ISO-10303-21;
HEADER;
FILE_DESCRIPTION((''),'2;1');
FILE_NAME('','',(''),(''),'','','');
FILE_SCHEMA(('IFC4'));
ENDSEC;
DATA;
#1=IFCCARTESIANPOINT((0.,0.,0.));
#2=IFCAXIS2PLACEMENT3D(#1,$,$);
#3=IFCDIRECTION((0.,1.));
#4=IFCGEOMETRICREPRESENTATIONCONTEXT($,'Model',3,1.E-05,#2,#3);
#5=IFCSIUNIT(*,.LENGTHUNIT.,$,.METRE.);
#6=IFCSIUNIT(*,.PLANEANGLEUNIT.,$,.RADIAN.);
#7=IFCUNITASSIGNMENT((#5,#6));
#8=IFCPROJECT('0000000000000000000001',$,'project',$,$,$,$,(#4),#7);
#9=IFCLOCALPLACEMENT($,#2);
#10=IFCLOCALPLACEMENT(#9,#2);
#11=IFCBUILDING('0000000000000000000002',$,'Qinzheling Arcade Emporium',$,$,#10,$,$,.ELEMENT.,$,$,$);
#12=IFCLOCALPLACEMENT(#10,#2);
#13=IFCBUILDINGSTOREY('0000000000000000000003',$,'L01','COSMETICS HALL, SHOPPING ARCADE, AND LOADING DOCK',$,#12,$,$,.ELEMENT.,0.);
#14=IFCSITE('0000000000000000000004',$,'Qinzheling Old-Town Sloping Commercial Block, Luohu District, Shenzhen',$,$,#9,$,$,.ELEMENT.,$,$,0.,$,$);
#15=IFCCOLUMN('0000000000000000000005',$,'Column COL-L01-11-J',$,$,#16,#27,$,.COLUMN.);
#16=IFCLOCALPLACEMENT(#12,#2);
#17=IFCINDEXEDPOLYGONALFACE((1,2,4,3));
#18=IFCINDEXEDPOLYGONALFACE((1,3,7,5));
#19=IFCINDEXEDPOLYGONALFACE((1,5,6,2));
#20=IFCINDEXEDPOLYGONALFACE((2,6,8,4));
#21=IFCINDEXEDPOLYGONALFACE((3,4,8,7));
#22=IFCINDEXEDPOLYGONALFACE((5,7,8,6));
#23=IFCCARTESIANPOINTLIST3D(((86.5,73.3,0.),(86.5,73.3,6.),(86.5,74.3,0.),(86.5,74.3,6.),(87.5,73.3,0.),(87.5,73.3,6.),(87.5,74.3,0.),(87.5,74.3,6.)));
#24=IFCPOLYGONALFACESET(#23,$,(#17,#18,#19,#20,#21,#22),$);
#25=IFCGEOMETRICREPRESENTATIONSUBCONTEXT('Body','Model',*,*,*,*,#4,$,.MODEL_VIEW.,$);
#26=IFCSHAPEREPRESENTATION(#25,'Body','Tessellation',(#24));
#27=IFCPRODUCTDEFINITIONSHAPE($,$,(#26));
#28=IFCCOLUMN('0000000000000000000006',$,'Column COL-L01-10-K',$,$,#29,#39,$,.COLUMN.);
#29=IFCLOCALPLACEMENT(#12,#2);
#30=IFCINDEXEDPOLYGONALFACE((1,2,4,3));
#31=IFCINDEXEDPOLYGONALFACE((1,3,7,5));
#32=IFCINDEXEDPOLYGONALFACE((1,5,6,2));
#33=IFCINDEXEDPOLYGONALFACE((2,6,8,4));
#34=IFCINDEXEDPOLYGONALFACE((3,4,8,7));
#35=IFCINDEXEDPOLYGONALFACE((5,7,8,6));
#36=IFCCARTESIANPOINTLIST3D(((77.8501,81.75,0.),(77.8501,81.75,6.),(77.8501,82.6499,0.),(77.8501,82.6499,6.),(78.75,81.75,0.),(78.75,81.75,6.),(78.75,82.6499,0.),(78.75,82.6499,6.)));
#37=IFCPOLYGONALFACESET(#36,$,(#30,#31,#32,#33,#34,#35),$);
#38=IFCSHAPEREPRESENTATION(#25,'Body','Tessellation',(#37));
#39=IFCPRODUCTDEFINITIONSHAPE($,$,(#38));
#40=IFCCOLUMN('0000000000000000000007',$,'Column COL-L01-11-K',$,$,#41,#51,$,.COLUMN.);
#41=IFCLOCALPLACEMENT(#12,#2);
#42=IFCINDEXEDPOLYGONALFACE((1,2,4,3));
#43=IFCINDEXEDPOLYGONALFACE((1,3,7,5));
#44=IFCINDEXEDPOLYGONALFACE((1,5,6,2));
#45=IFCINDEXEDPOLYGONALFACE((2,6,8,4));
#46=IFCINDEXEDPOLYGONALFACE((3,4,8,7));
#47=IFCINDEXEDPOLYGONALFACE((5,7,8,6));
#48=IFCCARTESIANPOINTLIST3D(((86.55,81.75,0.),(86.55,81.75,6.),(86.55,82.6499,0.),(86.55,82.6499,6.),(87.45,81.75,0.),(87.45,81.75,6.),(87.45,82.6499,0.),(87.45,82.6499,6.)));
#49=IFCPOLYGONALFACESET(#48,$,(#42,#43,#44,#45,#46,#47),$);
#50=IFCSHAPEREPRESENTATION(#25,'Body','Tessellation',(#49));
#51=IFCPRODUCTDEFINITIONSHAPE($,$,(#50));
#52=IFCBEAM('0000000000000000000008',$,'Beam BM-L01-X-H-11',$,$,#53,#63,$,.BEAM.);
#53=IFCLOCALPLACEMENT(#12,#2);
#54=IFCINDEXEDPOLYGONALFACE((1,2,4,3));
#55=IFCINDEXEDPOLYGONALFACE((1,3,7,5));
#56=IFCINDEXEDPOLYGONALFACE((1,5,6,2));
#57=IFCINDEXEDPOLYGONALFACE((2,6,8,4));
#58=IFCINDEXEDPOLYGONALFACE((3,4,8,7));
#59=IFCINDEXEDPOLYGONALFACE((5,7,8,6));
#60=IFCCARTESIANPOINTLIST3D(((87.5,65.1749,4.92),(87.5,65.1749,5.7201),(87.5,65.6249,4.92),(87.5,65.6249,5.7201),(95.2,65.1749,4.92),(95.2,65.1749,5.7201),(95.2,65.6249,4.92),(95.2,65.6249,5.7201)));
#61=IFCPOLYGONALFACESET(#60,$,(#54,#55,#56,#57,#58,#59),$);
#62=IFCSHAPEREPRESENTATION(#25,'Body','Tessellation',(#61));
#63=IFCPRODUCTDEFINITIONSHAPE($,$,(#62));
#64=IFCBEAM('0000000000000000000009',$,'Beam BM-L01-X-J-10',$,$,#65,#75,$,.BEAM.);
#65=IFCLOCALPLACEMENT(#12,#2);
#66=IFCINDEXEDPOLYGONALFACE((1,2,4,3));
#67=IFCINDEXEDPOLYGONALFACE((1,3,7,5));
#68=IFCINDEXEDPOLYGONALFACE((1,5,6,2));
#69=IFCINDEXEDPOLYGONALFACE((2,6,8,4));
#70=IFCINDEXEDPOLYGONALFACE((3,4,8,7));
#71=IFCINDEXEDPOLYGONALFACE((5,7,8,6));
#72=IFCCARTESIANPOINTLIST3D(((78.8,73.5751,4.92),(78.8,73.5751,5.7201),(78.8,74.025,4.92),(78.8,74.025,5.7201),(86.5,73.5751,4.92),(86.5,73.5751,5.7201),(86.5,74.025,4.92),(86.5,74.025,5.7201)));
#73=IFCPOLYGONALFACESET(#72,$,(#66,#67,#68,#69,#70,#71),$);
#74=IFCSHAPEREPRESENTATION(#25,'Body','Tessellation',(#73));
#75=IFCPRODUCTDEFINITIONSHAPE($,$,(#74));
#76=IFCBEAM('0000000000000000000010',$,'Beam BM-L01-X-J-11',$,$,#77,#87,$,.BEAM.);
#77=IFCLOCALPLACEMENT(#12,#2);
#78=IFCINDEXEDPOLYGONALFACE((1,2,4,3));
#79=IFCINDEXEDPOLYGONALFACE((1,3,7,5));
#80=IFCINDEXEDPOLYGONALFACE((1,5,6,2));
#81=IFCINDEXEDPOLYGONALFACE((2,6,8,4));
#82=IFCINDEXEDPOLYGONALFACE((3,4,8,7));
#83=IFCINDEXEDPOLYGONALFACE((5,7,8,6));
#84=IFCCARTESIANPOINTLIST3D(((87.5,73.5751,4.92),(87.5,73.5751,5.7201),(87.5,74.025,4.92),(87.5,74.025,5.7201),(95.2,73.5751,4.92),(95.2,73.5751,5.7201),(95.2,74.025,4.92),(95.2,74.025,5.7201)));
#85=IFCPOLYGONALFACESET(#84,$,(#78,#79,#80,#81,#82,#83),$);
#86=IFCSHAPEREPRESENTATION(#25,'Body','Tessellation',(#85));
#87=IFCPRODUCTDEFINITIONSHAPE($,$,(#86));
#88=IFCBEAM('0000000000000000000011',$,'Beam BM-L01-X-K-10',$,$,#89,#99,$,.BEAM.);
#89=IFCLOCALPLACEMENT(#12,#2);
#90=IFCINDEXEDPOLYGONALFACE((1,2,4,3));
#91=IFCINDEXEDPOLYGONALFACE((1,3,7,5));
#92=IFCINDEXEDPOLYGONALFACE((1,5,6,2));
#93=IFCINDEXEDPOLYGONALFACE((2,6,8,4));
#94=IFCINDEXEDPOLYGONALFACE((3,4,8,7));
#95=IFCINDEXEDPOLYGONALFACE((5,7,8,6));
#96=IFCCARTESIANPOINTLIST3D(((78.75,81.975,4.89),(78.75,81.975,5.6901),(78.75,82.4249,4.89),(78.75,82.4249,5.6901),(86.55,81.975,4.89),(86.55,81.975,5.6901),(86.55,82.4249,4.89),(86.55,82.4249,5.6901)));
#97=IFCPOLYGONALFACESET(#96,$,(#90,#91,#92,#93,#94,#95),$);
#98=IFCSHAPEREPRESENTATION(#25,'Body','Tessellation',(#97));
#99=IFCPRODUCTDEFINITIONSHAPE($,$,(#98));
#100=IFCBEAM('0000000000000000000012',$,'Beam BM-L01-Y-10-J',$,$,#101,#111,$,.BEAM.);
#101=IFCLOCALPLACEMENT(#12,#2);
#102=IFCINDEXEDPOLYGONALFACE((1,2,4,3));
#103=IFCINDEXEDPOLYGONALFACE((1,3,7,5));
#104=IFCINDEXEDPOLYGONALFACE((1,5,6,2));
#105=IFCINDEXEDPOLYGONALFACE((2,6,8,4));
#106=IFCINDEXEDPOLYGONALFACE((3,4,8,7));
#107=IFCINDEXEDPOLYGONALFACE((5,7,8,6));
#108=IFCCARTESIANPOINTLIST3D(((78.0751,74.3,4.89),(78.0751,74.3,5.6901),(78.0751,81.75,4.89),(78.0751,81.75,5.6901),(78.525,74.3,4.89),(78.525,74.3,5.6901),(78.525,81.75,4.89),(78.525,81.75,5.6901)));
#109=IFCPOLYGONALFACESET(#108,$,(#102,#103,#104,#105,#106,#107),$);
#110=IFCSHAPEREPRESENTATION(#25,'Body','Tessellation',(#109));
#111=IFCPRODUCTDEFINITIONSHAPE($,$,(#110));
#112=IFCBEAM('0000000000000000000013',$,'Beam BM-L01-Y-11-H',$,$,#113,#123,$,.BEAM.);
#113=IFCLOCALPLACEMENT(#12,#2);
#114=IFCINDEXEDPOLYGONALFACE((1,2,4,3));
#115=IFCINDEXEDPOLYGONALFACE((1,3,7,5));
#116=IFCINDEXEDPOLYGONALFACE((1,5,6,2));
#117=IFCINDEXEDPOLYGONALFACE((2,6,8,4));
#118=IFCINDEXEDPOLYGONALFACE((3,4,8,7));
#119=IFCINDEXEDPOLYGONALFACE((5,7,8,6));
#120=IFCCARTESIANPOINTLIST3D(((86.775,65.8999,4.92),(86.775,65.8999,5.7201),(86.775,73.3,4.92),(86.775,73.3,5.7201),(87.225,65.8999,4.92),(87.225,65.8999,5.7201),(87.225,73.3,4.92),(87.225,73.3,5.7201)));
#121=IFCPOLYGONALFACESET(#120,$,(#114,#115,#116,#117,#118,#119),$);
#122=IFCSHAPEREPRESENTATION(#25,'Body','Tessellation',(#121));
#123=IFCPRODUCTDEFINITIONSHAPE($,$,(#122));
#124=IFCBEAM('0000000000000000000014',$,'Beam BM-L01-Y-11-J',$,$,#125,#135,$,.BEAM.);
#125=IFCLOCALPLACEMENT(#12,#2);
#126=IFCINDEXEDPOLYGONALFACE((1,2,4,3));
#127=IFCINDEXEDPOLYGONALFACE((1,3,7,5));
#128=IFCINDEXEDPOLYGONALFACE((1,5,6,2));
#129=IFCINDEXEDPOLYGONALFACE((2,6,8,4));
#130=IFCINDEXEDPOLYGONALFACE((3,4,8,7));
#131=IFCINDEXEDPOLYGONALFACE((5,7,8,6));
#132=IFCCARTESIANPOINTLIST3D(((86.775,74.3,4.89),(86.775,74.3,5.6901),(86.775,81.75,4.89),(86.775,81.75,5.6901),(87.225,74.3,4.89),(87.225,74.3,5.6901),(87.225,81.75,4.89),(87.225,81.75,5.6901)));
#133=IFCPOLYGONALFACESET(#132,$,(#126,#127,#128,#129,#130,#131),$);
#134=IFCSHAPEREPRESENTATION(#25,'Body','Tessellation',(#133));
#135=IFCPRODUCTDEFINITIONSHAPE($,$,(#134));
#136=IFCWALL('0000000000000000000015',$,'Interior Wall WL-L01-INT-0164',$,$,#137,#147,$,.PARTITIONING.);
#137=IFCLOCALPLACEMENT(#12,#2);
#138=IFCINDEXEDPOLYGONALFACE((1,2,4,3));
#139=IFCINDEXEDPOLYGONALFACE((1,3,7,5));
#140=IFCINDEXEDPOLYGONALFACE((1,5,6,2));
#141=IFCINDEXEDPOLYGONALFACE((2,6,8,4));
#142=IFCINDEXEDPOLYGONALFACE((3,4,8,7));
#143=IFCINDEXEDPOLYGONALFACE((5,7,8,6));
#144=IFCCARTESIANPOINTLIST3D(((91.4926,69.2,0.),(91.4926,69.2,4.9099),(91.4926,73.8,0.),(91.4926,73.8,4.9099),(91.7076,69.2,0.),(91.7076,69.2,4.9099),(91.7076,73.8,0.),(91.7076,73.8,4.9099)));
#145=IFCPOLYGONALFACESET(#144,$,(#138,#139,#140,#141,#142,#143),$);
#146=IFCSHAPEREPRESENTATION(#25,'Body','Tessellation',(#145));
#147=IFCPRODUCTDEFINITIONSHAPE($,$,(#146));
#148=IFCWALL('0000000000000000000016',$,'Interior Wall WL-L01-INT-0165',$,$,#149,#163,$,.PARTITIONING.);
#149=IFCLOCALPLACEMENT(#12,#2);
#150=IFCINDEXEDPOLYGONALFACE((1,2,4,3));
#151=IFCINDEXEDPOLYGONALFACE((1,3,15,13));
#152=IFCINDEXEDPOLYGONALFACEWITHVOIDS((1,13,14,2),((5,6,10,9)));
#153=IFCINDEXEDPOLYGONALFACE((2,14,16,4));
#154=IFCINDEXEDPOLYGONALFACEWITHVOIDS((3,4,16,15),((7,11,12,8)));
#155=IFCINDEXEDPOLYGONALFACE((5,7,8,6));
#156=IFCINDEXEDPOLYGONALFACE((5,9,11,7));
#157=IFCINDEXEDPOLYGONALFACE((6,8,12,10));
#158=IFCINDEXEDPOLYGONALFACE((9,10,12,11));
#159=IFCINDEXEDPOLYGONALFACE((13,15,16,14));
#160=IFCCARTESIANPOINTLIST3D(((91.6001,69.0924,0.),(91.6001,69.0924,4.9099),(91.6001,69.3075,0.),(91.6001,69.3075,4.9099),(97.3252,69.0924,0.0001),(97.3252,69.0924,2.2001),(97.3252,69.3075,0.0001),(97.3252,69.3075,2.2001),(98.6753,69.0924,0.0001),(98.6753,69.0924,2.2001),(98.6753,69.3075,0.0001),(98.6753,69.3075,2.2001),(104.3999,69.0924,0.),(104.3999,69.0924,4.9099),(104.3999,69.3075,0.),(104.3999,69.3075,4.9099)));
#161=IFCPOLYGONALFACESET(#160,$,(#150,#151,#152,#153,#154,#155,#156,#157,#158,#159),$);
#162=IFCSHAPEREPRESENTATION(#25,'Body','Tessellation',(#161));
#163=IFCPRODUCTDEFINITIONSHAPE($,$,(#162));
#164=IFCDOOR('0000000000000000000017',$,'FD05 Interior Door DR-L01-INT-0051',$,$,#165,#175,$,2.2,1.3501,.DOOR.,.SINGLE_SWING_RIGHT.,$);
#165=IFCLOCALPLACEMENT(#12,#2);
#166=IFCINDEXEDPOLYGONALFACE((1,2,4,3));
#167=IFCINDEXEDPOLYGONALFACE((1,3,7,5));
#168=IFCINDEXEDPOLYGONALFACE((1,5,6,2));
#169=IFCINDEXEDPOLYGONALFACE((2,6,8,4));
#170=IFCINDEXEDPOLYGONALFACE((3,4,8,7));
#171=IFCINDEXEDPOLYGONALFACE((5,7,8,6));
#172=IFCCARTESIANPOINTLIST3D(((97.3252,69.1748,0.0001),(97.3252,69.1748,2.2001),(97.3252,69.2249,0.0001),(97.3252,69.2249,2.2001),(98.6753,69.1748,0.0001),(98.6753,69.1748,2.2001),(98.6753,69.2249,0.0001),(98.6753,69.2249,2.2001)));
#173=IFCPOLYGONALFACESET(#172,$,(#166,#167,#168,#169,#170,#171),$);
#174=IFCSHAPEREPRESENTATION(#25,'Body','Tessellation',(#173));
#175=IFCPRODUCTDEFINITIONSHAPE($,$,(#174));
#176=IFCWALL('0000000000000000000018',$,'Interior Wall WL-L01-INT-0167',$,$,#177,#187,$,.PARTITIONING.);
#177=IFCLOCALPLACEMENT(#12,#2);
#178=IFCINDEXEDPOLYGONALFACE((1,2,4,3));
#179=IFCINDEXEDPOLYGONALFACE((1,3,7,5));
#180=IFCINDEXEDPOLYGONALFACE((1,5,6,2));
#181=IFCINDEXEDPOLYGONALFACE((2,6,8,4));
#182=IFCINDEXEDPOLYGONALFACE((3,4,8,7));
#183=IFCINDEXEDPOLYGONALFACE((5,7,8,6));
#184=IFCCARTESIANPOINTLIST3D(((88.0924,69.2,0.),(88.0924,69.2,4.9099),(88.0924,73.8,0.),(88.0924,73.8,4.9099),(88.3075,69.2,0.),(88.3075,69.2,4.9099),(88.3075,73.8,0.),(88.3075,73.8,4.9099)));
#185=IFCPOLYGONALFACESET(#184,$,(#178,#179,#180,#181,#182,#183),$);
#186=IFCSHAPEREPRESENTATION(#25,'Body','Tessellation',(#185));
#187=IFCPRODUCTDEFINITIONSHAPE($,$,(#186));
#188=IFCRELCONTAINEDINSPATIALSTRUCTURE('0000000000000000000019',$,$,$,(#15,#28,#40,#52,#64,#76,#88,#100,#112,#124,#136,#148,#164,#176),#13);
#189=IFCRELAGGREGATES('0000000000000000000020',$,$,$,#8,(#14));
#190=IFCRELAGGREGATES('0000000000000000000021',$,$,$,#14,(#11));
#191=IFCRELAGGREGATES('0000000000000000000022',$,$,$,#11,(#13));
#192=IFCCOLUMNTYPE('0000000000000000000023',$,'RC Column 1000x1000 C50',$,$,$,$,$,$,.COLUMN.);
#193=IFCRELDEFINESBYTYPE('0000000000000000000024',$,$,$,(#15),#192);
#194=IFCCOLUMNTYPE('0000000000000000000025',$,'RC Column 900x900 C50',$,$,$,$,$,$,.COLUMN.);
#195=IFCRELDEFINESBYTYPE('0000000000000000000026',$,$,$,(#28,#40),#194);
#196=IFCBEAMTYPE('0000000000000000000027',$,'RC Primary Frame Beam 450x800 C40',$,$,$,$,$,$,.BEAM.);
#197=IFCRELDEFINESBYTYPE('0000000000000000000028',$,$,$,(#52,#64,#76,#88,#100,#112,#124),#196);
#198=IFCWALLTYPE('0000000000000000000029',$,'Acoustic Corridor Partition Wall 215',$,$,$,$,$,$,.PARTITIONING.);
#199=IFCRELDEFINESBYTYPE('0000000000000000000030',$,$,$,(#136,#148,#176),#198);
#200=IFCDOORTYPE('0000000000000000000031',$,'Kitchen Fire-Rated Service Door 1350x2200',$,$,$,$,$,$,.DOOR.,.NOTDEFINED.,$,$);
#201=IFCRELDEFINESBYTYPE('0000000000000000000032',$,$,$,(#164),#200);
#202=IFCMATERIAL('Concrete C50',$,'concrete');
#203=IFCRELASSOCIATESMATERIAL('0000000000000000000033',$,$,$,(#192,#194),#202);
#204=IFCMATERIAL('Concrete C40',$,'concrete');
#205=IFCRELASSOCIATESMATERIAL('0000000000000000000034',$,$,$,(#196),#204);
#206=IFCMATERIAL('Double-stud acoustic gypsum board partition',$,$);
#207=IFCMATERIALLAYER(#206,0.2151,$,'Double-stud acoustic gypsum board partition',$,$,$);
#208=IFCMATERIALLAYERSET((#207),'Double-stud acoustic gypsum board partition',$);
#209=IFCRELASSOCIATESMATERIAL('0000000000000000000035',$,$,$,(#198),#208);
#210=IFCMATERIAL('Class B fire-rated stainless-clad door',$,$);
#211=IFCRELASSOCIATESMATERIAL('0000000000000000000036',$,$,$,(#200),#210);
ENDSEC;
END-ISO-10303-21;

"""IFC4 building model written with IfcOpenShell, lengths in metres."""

from ifc_helpers import new_model, si_unit, direction, frame, frame_2d, origin, origin_2d, place, context, subcontext, project, spatial, rectangle, extrude, material, layer, layer_set, material_profile, profile_set, type_object, element, fill, save


model = new_model("IFC4")

# Units and contexts
model_context = context("Model", 3, precision=1e-05, world=origin(), true_north=direction((0.0, 1.0)))
body_context = subcontext(model_context, "Body", "Model", "MODEL_VIEW")
ifc_project = project(units=[si_unit("LENGTHUNIT", "METRE"), si_unit("PLANEANGLEUNIT", "RADIAN")], contexts=[model_context])

# Site, building, storey
site_placement = place(None, origin())
site = spatial("IfcSite", under=ifc_project, at=site_placement, Name="Qinzheling Old-Town Sloping Commercial Block, Luohu District, Shenzhen", CompositionType="ELEMENT", RefElevation=0.0)
building_placement = place(site_placement, origin())
building = spatial("IfcBuilding", under=site, at=building_placement, Name="Qinzheling Arcade Emporium", CompositionType="ELEMENT")
storey_placement = place(building_placement, origin())
storey = spatial("IfcBuildingStorey", under=building, at=storey_placement, Name="L01", Description="COSMETICS HALL, SHOPPING ARCADE, AND LOADING DOCK", CompositionType="ELEMENT", Elevation=0.0)

# Columns
ifc_material_1 = material(Name="Concrete C50", Category="concrete")
ifc_material_profile_1 = material_profile(ifc_material_1, rectangle(XDim=1.0, YDim=1.0, at=origin_2d()), Name="RC 1000x1000", Category="concrete")
ifc_profile_set_1 = profile_set([ifc_material_profile_1], Name="Concrete C50")
column_type_1 = type_object("IfcColumnType", Name="RC Column 1000x1000 C50", PredefinedType="COLUMN", material=ifc_profile_set_1)
column_placement = place(storey_placement, frame((87.0, 73.8, 0.0), z_axis=(0.0, 0.0, 1.0), x_axis=(1.0, 0.0, 0.0)))
element("IfcColumn", 1, at=column_placement, inside=storey, type_object=column_type_1, Name="Column COL-L01-11-J", PredefinedType="COLUMN", context=body_context, shape_type="SweptSolid", body=[
    extrude(rectangle(XDim=1.0, YDim=1.0, at=origin_2d()), origin(), (0.0, 0.0, 1.0), 6.0),
])
ifc_material_profile_2 = material_profile(ifc_material_1, rectangle(XDim=0.8999, YDim=0.8999, at=origin_2d()), Name="RC 900x900", Category="concrete")
ifc_profile_set_2 = profile_set([ifc_material_profile_2], Name="Concrete C50")
column_type_2 = type_object("IfcColumnType", Name="RC Column 900x900 C50", PredefinedType="COLUMN", material=ifc_profile_set_2)
for number, where, z_axis, x_axis, name in (
    (2, (78.3, 82.2, 0.0), (0.0, 0.0, 1.0), (1.0, 0.0, 0.0), "Column COL-L01-10-K"),
    (3, (87.0, 82.2, 0.0), (0.0, 0.0, 1.0), (1.0, 0.0, 0.0), "Column COL-L01-11-K"),
):
    element("IfcColumn", number, at=place(storey_placement, frame(where, z_axis=z_axis, x_axis=x_axis)), inside=storey, type_object=column_type_2, Name=name, PredefinedType="COLUMN", context=body_context, shape_type="SweptSolid", body=[
        extrude(rectangle(XDim=0.8999, YDim=0.8999, at=origin_2d()), origin(), (0.0, 0.0, 1.0), 6.0),
    ])

# Beams
ifc_material_2 = material(Name="Concrete C40", Category="concrete")
ifc_material_profile_3 = material_profile(ifc_material_2, rectangle(XDim=0.45, YDim=0.8, at=origin_2d()), Name="RC 450x800", Category="concrete")
ifc_profile_set_3 = profile_set([ifc_material_profile_3], Name="Concrete C40")
beam_type = type_object("IfcBeamType", Name="RC Primary Frame Beam 450x800 C40", PredefinedType="BEAM", material=ifc_profile_set_3)
for number, where, z_axis, x_axis, name in (
    (4, (87.5, 65.3999, 5.3201), (1.0, 0.0, 0.0), (0.0, 1.0, 0.0), "Beam BM-L01-X-H-11"),
    (5, (78.8, 73.8, 5.3201), (1.0, 0.0, 0.0), (0.0, 1.0, 0.0), "Beam BM-L01-X-J-10"),
    (6, (87.5, 73.8, 5.3201), (1.0, 0.0, 0.0), (0.0, 1.0, 0.0), "Beam BM-L01-X-J-11"),
):
    element("IfcBeam", number, at=place(storey_placement, frame(where, z_axis=z_axis, x_axis=x_axis)), inside=storey, type_object=beam_type, Name=name, PredefinedType="BEAM", context=body_context, shape_type="SweptSolid", body=[
        extrude(rectangle(XDim=0.45, YDim=0.8, at=origin_2d()), origin(), (0.0, 0.0, 1.0), 7.7),
    ])
beam_1_placement = place(storey_placement, frame((78.75, 82.2, 5.29), z_axis=(1.0, 0.0, 0.0), x_axis=(0.0, 1.0, 0.0)))
element("IfcBeam", 7, at=beam_1_placement, inside=storey, type_object=beam_type, Name="Beam BM-L01-X-K-10", PredefinedType="BEAM", context=body_context, shape_type="SweptSolid", body=[
    extrude(rectangle(XDim=0.45, YDim=0.8, at=origin_2d()), origin(), (0.0, 0.0, 1.0), 7.8),
])
beam_2_placement = place(storey_placement, frame((78.3, 74.3, 5.29), z_axis=(0.0, 1.0, 0.0), x_axis=(-1.0, 0.0, 0.0)))
element("IfcBeam", 8, at=beam_2_placement, inside=storey, type_object=beam_type, Name="Beam BM-L01-Y-10-J", PredefinedType="BEAM", context=body_context, shape_type="SweptSolid", body=[
    extrude(rectangle(XDim=0.45, YDim=0.8, at=origin_2d()), origin(), (0.0, 0.0, 1.0), 7.45),
])
beam_3_placement = place(storey_placement, frame((87.0, 65.8999, 5.3201), z_axis=(0.0, 1.0, 0.0), x_axis=(-1.0, 0.0, 0.0)))
element("IfcBeam", 9, at=beam_3_placement, inside=storey, type_object=beam_type, Name="Beam BM-L01-Y-11-H", PredefinedType="BEAM", context=body_context, shape_type="SweptSolid", body=[
    extrude(rectangle(XDim=0.45, YDim=0.8, at=origin_2d()), origin(), (0.0, 0.0, 1.0), 7.4001),
])
beam_4_placement = place(storey_placement, frame((87.0, 74.3, 5.29), z_axis=(0.0, 1.0, 0.0), x_axis=(-1.0, 0.0, 0.0)))
element("IfcBeam", 10, at=beam_4_placement, inside=storey, type_object=beam_type, Name="Beam BM-L01-Y-11-J", PredefinedType="BEAM", context=body_context, shape_type="SweptSolid", body=[
    extrude(rectangle(XDim=0.45, YDim=0.8, at=origin_2d()), origin(), (0.0, 0.0, 1.0), 7.45),
])

# Wall
ifc_material_3 = material(Name="Double-stud acoustic gypsum board partition")
ifc_layer_1 = layer(ifc_material_3, 0.2151, Name="Double-stud acoustic gypsum board partition")
ifc_layer_set_1 = layer_set([ifc_layer_1], Name="Double-stud acoustic gypsum board partition")
wall_type_1 = type_object("IfcWallType", Name="Acoustic Corridor Partition Wall 215", PredefinedType="PARTITIONING", material=ifc_layer_set_1)
wall_1_placement = place(storey_placement, frame((91.6001, 73.8, 0.0), z_axis=(0.0, 0.0, 1.0), x_axis=(0.0, -1.0, 0.0)))
element("IfcWall", 11, at=wall_1_placement, inside=storey, type_object=wall_type_1, Name="Interior Wall WL-L01-INT-0164", PredefinedType="PARTITIONING", context=body_context, shape_type="SweptSolid", body=[
    extrude(rectangle(XDim=4.6001, YDim=0.2151, at=frame_2d((2.3, 0.0))), origin(), (0.0, 0.0, 1.0), 4.9099),
])

# Wall, opening, door
wall_2_placement = place(storey_placement, frame((91.6001, 69.2, 0.0), z_axis=(0.0, 0.0, 1.0), x_axis=(1.0, 0.0, 0.0)))
wall_2 = element("IfcWall", 12, at=wall_2_placement, inside=storey, type_object=wall_type_1, Name="Interior Wall WL-L01-INT-0165", PredefinedType="PARTITIONING", context=body_context, shape_type="SweptSolid", body=[
    extrude(rectangle(XDim=12.7998, YDim=0.2151, at=frame_2d((6.3999, 0.0))), origin(), (0.0, 0.0, 1.0), 4.9099),
])
opening_1_placement = place(wall_2_placement, frame((5.7251, 0.0, 0.0)))
opening_1 = element("IfcOpeningElement", 13, at=opening_1_placement, cuts=wall_2, PredefinedType="OPENING", context=body_context, shape_type="SweptSolid", body=[
    extrude(rectangle(XDim=1.3501, YDim=2.2, at=frame_2d((0.675, 1.1001))), frame((0.0, 0.1177, 0.0), z_axis=(0.0, -1.0, 0.0), x_axis=(1.0, 0.0, 0.0)), (0.0, 0.0, 1.0), 0.2351),
])
ifc_material_4 = material(Name="Class B fire-rated stainless-clad door")
door_type_1 = type_object("IfcDoorType", Name="Kitchen Fire-Rated Service Door 1350x2200", OperationType="NOTDEFINED", PredefinedType="DOOR", material=ifc_material_4)
door_1_placement = place(opening_1_placement, origin())
door_1 = element("IfcDoor", 14, at=door_1_placement, inside=storey, type_object=door_type_1, Name="FD05 Interior Door DR-L01-INT-0051", OperationType="SINGLE_SWING_RIGHT", OverallHeight=2.2, OverallWidth=1.3501, PredefinedType="DOOR", context=body_context, shape_type="SweptSolid", body=[
    extrude(rectangle(XDim=1.3501, YDim=2.2, at=frame_2d((0.675, 1.1001))), frame((0.0, 0.0249, 0.0), z_axis=(0.0, -1.0, 0.0), x_axis=(1.0, 0.0, 0.0)), (0.0, 0.0, 1.0), 0.05),
])
fill(opening_1, door_1)

# Wall
wall_3_placement = place(storey_placement, frame((88.2, 69.2, 0.0), z_axis=(0.0, 0.0, 1.0), x_axis=(0.0, 1.0, 0.0)))
element("IfcWall", 15, at=wall_3_placement, inside=storey, type_object=wall_type_1, Name="Interior Wall WL-L01-INT-0167", PredefinedType="PARTITIONING", context=body_context, shape_type="SweptSolid", body=[
    extrude(rectangle(XDim=4.6001, YDim=0.2151, at=frame_2d((2.3, 0.0))), origin(), (0.0, 0.0, 1.0), 4.9099),
])

save(model, "model.ifc")
